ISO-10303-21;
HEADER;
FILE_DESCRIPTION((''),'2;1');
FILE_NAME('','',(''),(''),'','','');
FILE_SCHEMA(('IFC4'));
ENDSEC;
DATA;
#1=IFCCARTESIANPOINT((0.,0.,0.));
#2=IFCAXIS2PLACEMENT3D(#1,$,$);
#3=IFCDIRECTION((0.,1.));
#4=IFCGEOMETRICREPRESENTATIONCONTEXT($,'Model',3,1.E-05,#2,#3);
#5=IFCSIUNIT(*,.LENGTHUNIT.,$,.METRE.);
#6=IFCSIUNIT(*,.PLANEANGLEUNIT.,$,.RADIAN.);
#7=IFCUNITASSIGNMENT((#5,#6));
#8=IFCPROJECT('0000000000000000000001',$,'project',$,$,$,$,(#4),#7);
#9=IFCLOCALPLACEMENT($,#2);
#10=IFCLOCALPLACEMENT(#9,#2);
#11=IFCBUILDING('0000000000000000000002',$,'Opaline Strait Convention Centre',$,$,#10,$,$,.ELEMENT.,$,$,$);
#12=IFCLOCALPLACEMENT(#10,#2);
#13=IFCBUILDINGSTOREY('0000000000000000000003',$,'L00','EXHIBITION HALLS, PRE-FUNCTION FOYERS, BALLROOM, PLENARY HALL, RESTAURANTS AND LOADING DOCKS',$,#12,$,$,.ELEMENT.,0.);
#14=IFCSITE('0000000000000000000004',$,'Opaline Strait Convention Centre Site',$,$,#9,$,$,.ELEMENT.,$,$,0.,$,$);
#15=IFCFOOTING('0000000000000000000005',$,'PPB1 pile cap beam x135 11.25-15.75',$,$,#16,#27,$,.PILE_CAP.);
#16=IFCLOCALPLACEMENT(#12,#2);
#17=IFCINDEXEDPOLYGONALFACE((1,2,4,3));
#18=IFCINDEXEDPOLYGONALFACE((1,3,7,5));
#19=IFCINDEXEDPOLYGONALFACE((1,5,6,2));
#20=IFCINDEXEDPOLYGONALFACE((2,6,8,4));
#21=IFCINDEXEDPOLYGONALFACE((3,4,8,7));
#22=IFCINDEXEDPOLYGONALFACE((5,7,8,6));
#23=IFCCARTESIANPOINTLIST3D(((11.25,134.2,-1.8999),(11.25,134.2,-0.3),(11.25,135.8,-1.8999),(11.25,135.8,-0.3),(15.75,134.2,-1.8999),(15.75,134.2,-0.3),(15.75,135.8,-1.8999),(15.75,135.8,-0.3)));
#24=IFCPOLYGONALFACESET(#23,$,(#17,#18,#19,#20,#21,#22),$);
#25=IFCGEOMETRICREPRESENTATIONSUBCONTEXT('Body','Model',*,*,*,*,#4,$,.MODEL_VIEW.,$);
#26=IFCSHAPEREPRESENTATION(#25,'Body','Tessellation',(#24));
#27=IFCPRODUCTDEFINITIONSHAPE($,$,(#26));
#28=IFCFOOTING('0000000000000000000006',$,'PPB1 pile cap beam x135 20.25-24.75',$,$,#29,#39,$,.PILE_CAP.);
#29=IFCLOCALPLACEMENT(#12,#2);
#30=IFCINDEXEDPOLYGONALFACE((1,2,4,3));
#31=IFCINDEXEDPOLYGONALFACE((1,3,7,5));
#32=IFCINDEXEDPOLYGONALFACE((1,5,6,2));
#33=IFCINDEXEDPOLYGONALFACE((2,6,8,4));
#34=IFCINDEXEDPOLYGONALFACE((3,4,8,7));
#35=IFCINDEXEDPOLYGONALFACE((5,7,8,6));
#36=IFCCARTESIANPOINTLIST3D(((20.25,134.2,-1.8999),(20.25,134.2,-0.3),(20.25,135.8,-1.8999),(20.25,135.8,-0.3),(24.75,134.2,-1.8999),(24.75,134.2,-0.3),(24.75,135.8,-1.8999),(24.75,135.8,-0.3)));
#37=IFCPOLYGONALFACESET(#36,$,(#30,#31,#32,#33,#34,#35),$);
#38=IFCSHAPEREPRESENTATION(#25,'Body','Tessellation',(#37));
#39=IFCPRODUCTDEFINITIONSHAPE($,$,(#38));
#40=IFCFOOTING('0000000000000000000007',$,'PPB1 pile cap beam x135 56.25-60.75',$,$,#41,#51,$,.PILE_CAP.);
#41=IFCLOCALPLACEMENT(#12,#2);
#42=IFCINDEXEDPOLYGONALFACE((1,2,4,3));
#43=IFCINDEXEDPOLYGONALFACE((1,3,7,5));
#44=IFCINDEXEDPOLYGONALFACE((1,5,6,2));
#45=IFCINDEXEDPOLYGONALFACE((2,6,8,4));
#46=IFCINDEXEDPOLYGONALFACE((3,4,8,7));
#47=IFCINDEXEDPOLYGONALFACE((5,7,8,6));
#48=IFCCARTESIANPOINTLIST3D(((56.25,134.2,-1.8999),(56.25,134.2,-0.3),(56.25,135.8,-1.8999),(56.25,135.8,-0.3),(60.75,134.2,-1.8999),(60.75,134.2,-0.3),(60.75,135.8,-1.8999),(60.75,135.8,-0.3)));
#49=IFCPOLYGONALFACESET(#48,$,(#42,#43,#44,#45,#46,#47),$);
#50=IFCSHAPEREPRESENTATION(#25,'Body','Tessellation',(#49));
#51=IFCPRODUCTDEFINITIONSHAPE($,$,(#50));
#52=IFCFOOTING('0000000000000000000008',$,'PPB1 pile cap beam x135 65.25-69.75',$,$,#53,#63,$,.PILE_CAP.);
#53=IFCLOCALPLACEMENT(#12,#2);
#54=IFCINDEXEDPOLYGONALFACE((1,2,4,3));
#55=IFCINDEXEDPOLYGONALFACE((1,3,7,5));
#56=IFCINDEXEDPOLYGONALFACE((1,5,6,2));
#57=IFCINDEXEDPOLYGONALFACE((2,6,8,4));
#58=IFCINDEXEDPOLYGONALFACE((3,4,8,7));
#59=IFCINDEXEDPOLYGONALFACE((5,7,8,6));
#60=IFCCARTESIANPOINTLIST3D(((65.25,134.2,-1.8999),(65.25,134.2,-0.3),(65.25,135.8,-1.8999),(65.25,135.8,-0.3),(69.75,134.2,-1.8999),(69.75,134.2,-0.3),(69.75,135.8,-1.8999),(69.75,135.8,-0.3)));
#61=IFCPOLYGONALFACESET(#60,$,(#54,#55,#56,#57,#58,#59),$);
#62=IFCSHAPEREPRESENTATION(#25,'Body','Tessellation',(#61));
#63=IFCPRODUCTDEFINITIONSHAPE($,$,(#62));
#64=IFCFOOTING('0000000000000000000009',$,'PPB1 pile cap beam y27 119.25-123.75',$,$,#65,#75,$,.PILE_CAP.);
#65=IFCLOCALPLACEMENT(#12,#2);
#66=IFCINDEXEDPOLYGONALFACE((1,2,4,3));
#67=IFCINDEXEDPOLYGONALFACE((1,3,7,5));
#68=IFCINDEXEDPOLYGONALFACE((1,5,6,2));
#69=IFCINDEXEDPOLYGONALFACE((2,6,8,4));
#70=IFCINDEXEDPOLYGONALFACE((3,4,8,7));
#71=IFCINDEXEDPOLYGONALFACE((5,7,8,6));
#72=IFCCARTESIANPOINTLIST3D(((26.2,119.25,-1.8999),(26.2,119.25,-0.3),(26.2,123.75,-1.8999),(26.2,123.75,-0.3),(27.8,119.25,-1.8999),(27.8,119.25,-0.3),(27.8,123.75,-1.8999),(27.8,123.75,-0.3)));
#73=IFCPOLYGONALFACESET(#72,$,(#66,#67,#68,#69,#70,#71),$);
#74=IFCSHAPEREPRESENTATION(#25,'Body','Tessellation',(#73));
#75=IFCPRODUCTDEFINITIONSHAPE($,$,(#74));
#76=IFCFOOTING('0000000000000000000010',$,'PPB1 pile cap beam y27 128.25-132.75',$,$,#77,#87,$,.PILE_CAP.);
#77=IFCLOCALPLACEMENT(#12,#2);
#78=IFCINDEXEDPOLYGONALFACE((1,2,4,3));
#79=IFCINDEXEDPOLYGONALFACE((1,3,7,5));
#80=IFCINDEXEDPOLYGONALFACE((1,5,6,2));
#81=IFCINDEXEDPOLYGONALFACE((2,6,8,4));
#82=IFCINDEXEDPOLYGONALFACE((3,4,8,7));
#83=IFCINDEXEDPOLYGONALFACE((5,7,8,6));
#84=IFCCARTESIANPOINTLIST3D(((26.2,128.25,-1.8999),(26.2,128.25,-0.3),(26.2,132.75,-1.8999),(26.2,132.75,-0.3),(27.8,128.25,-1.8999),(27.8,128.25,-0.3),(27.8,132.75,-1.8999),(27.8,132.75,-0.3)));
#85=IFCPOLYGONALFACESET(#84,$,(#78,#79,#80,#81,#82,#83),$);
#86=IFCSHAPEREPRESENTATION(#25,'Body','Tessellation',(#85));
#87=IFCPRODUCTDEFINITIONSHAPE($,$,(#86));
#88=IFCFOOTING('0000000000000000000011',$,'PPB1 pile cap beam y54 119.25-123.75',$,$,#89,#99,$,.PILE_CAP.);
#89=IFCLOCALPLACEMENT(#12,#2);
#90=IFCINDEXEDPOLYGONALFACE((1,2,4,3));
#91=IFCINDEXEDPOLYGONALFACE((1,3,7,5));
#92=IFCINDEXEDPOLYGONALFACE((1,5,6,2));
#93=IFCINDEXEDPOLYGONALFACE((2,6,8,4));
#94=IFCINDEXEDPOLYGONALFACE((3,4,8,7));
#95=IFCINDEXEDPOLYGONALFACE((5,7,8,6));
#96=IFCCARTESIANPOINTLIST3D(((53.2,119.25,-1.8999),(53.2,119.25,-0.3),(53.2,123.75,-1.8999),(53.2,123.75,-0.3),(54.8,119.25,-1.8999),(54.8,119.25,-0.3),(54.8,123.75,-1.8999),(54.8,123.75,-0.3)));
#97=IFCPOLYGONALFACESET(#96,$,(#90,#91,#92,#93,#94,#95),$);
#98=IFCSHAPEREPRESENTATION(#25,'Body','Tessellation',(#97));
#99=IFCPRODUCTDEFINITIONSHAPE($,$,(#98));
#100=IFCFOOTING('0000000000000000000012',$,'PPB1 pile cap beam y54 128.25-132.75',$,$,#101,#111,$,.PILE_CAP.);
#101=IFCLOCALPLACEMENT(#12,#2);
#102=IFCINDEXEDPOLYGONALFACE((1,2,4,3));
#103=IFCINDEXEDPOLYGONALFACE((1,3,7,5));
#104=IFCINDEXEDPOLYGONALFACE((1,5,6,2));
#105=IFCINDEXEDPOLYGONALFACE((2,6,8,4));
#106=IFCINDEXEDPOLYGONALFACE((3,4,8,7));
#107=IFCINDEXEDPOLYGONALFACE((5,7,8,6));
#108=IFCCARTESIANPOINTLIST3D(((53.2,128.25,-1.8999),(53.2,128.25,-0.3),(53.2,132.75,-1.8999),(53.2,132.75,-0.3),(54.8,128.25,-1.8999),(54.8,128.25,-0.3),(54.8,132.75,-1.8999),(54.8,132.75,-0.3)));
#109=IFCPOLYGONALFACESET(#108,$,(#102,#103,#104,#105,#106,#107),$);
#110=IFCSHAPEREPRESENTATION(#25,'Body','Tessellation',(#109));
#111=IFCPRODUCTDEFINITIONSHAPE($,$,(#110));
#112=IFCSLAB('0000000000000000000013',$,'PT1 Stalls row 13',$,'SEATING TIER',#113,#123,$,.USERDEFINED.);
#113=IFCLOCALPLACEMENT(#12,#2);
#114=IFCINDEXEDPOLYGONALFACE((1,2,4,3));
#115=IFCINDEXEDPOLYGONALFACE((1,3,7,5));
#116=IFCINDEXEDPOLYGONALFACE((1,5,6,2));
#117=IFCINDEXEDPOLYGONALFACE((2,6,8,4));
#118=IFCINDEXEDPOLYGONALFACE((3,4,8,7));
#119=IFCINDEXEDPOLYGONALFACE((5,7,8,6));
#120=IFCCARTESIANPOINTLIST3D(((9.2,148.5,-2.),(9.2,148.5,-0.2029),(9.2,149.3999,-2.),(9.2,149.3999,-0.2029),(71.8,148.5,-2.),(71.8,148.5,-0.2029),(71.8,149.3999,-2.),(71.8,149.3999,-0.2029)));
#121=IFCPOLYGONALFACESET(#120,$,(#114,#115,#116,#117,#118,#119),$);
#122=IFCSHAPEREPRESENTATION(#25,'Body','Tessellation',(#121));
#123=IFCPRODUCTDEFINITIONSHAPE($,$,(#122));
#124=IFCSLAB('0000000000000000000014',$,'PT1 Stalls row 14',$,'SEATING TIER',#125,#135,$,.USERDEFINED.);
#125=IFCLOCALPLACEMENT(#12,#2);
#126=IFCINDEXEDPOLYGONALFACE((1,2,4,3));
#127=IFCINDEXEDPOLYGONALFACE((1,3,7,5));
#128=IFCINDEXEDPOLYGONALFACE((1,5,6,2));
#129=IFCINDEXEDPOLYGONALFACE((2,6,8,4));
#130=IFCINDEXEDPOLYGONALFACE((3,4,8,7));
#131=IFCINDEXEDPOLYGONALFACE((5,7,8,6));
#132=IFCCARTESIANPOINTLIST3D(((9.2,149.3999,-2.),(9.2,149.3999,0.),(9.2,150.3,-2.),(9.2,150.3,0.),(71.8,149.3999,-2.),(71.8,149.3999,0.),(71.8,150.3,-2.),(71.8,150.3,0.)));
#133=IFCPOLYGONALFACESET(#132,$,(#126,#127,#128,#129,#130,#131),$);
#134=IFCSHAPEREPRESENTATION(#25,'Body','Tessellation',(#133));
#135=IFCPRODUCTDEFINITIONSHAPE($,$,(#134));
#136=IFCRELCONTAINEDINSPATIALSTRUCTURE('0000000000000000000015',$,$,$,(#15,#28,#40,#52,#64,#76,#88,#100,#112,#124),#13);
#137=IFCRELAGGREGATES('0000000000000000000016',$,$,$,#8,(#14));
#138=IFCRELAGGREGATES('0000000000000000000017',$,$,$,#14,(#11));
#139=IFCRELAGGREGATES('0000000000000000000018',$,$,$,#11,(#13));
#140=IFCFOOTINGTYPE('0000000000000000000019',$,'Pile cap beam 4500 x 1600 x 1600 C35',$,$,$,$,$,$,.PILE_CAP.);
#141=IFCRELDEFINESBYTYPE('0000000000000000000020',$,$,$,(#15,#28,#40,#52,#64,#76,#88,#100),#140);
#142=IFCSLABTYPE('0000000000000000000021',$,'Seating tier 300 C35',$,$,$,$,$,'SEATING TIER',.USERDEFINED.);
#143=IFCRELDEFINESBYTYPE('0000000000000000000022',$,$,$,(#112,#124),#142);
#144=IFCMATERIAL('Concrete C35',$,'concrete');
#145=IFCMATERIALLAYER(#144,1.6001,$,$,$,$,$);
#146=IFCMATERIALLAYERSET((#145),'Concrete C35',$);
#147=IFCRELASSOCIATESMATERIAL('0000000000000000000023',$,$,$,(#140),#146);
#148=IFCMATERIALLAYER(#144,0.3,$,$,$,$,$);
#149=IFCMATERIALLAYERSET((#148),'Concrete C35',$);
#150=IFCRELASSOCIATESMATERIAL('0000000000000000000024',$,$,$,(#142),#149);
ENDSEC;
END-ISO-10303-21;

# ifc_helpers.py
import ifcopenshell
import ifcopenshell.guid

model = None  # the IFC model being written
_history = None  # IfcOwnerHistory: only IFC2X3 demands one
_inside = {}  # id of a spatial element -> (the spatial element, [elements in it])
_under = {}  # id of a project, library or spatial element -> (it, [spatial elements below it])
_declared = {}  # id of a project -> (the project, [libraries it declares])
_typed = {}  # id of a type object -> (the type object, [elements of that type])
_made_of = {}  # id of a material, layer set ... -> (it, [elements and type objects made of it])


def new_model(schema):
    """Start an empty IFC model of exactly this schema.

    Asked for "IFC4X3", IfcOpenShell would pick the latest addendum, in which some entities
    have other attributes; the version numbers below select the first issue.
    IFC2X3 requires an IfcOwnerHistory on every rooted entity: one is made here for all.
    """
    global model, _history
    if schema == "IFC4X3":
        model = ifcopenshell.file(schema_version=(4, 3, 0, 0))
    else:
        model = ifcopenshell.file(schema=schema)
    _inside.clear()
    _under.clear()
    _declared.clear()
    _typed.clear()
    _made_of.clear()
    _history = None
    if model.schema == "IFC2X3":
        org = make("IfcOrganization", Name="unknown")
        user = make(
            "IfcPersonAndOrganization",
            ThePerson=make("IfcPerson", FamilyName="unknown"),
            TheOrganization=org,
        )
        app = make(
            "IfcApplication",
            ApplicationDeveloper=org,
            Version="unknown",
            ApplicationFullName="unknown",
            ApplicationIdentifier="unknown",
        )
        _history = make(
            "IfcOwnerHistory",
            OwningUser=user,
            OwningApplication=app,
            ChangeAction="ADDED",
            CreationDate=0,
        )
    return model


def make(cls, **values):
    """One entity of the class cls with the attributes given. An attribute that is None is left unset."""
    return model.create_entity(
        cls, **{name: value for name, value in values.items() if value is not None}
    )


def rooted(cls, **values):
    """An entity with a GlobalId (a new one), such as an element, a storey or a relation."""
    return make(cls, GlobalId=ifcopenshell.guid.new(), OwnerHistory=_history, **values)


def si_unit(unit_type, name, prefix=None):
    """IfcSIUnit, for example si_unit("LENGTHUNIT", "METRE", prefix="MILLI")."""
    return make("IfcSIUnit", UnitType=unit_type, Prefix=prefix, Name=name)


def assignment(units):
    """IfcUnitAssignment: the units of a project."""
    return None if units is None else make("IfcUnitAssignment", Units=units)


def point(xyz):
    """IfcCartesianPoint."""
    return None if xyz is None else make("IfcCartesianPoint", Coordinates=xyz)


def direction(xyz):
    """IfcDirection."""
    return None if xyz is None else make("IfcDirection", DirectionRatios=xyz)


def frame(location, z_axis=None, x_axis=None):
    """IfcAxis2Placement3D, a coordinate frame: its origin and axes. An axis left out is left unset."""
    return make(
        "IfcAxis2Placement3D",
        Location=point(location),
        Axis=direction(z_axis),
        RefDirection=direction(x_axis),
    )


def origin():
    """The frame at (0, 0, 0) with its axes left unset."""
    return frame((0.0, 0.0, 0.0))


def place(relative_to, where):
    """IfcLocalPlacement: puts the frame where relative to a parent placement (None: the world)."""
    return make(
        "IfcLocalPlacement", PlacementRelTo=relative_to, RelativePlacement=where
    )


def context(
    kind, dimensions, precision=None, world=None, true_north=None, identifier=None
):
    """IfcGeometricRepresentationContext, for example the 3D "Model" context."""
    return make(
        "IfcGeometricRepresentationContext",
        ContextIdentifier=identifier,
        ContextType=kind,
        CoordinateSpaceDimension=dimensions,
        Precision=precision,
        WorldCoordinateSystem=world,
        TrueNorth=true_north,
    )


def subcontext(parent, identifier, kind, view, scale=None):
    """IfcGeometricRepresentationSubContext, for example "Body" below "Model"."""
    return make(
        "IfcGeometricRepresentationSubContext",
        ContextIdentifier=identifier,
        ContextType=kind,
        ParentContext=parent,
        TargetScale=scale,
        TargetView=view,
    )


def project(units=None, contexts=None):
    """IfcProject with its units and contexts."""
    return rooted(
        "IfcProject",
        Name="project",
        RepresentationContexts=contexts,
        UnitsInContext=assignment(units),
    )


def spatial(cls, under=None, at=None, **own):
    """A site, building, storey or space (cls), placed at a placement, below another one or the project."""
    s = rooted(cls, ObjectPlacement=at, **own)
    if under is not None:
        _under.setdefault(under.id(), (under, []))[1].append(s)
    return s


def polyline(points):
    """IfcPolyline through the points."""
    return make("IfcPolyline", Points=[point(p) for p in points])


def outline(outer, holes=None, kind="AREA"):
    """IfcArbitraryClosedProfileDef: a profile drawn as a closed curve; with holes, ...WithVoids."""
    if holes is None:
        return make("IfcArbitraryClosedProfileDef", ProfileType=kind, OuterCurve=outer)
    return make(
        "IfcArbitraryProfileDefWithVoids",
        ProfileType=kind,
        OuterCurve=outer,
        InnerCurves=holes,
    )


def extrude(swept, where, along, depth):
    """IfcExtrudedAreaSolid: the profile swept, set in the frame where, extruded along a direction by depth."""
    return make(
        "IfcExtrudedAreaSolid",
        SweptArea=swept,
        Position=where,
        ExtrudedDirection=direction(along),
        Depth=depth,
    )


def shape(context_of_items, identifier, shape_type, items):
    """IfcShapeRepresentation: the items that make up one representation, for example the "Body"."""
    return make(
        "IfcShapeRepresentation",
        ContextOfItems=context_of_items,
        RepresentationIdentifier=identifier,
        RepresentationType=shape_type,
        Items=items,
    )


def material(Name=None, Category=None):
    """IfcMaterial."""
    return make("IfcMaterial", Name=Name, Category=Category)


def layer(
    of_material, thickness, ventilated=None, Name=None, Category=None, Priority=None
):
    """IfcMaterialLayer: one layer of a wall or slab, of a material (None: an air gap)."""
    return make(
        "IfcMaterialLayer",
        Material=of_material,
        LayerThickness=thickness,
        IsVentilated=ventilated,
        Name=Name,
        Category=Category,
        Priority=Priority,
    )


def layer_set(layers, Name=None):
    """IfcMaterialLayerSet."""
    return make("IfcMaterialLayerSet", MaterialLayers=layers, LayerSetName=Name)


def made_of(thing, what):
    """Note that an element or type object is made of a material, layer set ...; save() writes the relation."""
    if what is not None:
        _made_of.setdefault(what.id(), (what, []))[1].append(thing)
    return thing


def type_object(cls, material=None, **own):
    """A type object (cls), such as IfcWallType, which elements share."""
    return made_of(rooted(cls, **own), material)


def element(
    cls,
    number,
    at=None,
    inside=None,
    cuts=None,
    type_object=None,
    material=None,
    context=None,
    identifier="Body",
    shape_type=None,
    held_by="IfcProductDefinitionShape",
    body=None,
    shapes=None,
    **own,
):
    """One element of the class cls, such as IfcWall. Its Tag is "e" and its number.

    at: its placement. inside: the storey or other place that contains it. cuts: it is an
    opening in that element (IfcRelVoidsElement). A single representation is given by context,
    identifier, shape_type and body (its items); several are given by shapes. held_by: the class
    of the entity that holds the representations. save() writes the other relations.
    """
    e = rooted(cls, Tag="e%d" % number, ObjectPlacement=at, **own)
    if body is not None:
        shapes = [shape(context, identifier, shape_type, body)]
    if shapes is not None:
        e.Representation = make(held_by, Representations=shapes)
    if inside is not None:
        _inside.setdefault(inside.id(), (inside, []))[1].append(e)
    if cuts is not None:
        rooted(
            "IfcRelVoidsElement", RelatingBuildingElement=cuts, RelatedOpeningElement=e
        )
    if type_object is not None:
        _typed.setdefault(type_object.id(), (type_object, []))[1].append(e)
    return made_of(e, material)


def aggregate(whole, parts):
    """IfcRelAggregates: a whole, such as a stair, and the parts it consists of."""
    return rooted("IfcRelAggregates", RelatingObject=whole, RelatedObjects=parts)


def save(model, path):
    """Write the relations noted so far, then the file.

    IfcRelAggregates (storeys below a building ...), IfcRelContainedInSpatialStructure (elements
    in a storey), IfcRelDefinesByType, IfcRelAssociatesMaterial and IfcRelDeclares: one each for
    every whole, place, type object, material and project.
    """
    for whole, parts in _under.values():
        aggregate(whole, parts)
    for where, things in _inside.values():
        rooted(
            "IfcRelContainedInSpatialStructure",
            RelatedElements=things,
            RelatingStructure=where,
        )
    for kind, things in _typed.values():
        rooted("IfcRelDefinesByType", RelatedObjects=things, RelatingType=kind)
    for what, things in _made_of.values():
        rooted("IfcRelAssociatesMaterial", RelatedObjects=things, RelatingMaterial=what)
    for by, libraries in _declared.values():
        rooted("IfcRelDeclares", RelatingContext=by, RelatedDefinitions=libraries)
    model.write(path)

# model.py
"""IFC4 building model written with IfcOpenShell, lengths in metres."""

from ifc_helpers import new_model, si_unit, direction, frame, origin, place, context, subcontext, project, spatial, polyline, outline, extrude, material, layer, layer_set, type_object, element, save


model = new_model("IFC4")

# Units and contexts
model_context = context("Model", 3, precision=1e-05, world=origin(), true_north=direction((0.0, 1.0)))
body_context = subcontext(model_context, "Body", "Model", "MODEL_VIEW")
ifc_project = project(units=[si_unit("LENGTHUNIT", "METRE"), si_unit("PLANEANGLEUNIT", "RADIAN")], contexts=[model_context])

# Site, building, storey
site_placement = place(None, origin())
site = spatial("IfcSite", under=ifc_project, at=site_placement, Name="Opaline Strait Convention Centre Site", CompositionType="ELEMENT", RefElevation=0.0)
building_placement = place(site_placement, origin())
building = spatial("IfcBuilding", under=site, at=building_placement, Name="Opaline Strait Convention Centre", CompositionType="ELEMENT")
storey_placement = place(building_placement, origin())
storey = spatial("IfcBuildingStorey", under=building, at=storey_placement, Name="L00", Description="EXHIBITION HALLS, PRE-FUNCTION FOYERS, BALLROOM, PLENARY HALL, RESTAURANTS AND LOADING DOCKS", CompositionType="ELEMENT", Elevation=0.0)

# Footings
ifc_material = material(Name="Concrete C35", Category="concrete")
ifc_layer_1 = layer(ifc_material, 1.6001)
ifc_layer_set_1 = layer_set([ifc_layer_1], Name="Concrete C35")
footing_type_1 = type_object("IfcFootingType", Name="Pile cap beam 4500 x 1600 x 1600 C35", PredefinedType="PILE_CAP", material=ifc_layer_set_1)
footing_1_placement = place(storey_placement, frame((0.0, 0.0, -1.8999)))
element("IfcFooting", 1, at=footing_1_placement, inside=storey, type_object=footing_type_1, Name="PPB1 pile cap beam x135 11.25-15.75", PredefinedType="PILE_CAP", context=body_context, shape_type="SweptSolid", body=[
    extrude(outline(polyline([(11.25, 134.2), (15.75, 134.2), (15.75, 135.8), (11.25, 135.8), (11.25, 134.2)])), origin(), (0.0, 0.0, 1.0), 1.5999),
])
footing_2_placement = place(storey_placement, frame((0.0, 0.0, -1.8999)))
element("IfcFooting", 2, at=footing_2_placement, inside=storey, type_object=footing_type_1, Name="PPB1 pile cap beam x135 20.25-24.75", PredefinedType="PILE_CAP", context=body_context, shape_type="SweptSolid", body=[
    extrude(outline(polyline([(20.25, 134.2), (24.75, 134.2), (24.75, 135.8), (20.25, 135.8), (20.25, 134.2)])), origin(), (0.0, 0.0, 1.0), 1.5999),
])
footing_3_placement = place(storey_placement, frame((0.0, 0.0, -1.8999)))
element("IfcFooting", 3, at=footing_3_placement, inside=storey, type_object=footing_type_1, Name="PPB1 pile cap beam x135 56.25-60.75", PredefinedType="PILE_CAP", context=body_context, shape_type="SweptSolid", body=[
    extrude(outline(polyline([(56.25, 134.2), (60.75, 134.2), (60.75, 135.8), (56.25, 135.8), (56.25, 134.2)])), origin(), (0.0, 0.0, 1.0), 1.5999),
])
footing_4_placement = place(storey_placement, frame((0.0, 0.0, -1.8999)))
element("IfcFooting", 4, at=footing_4_placement, inside=storey, type_object=footing_type_1, Name="PPB1 pile cap beam x135 65.25-69.75", PredefinedType="PILE_CAP", context=body_context, shape_type="SweptSolid", body=[
    extrude(outline(polyline([(65.25, 134.2), (69.75, 134.2), (69.75, 135.8), (65.25, 135.8), (65.25, 134.2)])), origin(), (0.0, 0.0, 1.0), 1.5999),
])
footing_5_placement = place(storey_placement, frame((0.0, 0.0, -1.8999)))
element("IfcFooting", 5, at=footing_5_placement, inside=storey, type_object=footing_type_1, Name="PPB1 pile cap beam y27 119.25-123.75", PredefinedType="PILE_CAP", context=body_context, shape_type="SweptSolid", body=[
    extrude(outline(polyline([(26.2, 119.25), (27.8, 119.25), (27.8, 123.75), (26.2, 123.75), (26.2, 119.25)])), origin(), (0.0, 0.0, 1.0), 1.5999),
])
footing_6_placement = place(storey_placement, frame((0.0, 0.0, -1.8999)))
element("IfcFooting", 6, at=footing_6_placement, inside=storey, type_object=footing_type_1, Name="PPB1 pile cap beam y27 128.25-132.75", PredefinedType="PILE_CAP", context=body_context, shape_type="SweptSolid", body=[
    extrude(outline(polyline([(26.2, 128.25), (27.8, 128.25), (27.8, 132.75), (26.2, 132.75), (26.2, 128.25)])), origin(), (0.0, 0.0, 1.0), 1.5999),
])
footing_7_placement = place(storey_placement, frame((0.0, 0.0, -1.8999)))
element("IfcFooting", 7, at=footing_7_placement, inside=storey, type_object=footing_type_1, Name="PPB1 pile cap beam y54 119.25-123.75", PredefinedType="PILE_CAP", context=body_context, shape_type="SweptSolid", body=[
    extrude(outline(polyline([(53.2, 119.25), (54.8, 119.25), (54.8, 123.75), (53.2, 123.75), (53.2, 119.25)])), origin(), (0.0, 0.0, 1.0), 1.5999),
])
footing_8_placement = place(storey_placement, frame((0.0, 0.0, -1.8999)))
element("IfcFooting", 8, at=footing_8_placement, inside=storey, type_object=footing_type_1, Name="PPB1 pile cap beam y54 128.25-132.75", PredefinedType="PILE_CAP", context=body_context, shape_type="SweptSolid", body=[
    extrude(outline(polyline([(53.2, 128.25), (54.8, 128.25), (54.8, 132.75), (53.2, 132.75), (53.2, 128.25)])), origin(), (0.0, 0.0, 1.0), 1.5999),
])

# Slabs
ifc_layer_2 = layer(ifc_material, 0.3)
ifc_layer_set_2 = layer_set([ifc_layer_2], Name="Concrete C35")
slab_type = type_object("IfcSlabType", Name="Seating tier 300 C35", ElementType="SEATING TIER", PredefinedType="USERDEFINED", material=ifc_layer_set_2)
slab_1_placement = place(storey_placement, frame((0.0, 0.0, -2.0)))
element("IfcSlab", 9, at=slab_1_placement, inside=storey, type_object=slab_type, Name="PT1 Stalls row 13", ObjectType="SEATING TIER", PredefinedType="USERDEFINED", context=body_context, shape_type="SweptSolid", body=[
    extrude(outline(polyline([(9.2, 148.5), (9.2, 149.3999), (71.8, 149.3999), (71.8, 148.5), (9.2, 148.5)])), origin(), (0.0, 0.0, 1.0), 1.7971),
])
slab_2_placement = place(storey_placement, frame((0.0, 0.0, -2.0)))
element("IfcSlab", 10, at=slab_2_placement, inside=storey, type_object=slab_type, Name="PT1 Stalls row 14", ObjectType="SEATING TIER", PredefinedType="USERDEFINED", context=body_context, shape_type="SweptSolid", body=[
    extrude(outline(polyline([(9.2, 149.3999), (9.2, 150.3), (71.8, 150.3), (71.8, 149.3999), (9.2, 149.3999)])), origin(), (0.0, 0.0, 1.0), 2.0),
])

save(model, "model.ifc")
